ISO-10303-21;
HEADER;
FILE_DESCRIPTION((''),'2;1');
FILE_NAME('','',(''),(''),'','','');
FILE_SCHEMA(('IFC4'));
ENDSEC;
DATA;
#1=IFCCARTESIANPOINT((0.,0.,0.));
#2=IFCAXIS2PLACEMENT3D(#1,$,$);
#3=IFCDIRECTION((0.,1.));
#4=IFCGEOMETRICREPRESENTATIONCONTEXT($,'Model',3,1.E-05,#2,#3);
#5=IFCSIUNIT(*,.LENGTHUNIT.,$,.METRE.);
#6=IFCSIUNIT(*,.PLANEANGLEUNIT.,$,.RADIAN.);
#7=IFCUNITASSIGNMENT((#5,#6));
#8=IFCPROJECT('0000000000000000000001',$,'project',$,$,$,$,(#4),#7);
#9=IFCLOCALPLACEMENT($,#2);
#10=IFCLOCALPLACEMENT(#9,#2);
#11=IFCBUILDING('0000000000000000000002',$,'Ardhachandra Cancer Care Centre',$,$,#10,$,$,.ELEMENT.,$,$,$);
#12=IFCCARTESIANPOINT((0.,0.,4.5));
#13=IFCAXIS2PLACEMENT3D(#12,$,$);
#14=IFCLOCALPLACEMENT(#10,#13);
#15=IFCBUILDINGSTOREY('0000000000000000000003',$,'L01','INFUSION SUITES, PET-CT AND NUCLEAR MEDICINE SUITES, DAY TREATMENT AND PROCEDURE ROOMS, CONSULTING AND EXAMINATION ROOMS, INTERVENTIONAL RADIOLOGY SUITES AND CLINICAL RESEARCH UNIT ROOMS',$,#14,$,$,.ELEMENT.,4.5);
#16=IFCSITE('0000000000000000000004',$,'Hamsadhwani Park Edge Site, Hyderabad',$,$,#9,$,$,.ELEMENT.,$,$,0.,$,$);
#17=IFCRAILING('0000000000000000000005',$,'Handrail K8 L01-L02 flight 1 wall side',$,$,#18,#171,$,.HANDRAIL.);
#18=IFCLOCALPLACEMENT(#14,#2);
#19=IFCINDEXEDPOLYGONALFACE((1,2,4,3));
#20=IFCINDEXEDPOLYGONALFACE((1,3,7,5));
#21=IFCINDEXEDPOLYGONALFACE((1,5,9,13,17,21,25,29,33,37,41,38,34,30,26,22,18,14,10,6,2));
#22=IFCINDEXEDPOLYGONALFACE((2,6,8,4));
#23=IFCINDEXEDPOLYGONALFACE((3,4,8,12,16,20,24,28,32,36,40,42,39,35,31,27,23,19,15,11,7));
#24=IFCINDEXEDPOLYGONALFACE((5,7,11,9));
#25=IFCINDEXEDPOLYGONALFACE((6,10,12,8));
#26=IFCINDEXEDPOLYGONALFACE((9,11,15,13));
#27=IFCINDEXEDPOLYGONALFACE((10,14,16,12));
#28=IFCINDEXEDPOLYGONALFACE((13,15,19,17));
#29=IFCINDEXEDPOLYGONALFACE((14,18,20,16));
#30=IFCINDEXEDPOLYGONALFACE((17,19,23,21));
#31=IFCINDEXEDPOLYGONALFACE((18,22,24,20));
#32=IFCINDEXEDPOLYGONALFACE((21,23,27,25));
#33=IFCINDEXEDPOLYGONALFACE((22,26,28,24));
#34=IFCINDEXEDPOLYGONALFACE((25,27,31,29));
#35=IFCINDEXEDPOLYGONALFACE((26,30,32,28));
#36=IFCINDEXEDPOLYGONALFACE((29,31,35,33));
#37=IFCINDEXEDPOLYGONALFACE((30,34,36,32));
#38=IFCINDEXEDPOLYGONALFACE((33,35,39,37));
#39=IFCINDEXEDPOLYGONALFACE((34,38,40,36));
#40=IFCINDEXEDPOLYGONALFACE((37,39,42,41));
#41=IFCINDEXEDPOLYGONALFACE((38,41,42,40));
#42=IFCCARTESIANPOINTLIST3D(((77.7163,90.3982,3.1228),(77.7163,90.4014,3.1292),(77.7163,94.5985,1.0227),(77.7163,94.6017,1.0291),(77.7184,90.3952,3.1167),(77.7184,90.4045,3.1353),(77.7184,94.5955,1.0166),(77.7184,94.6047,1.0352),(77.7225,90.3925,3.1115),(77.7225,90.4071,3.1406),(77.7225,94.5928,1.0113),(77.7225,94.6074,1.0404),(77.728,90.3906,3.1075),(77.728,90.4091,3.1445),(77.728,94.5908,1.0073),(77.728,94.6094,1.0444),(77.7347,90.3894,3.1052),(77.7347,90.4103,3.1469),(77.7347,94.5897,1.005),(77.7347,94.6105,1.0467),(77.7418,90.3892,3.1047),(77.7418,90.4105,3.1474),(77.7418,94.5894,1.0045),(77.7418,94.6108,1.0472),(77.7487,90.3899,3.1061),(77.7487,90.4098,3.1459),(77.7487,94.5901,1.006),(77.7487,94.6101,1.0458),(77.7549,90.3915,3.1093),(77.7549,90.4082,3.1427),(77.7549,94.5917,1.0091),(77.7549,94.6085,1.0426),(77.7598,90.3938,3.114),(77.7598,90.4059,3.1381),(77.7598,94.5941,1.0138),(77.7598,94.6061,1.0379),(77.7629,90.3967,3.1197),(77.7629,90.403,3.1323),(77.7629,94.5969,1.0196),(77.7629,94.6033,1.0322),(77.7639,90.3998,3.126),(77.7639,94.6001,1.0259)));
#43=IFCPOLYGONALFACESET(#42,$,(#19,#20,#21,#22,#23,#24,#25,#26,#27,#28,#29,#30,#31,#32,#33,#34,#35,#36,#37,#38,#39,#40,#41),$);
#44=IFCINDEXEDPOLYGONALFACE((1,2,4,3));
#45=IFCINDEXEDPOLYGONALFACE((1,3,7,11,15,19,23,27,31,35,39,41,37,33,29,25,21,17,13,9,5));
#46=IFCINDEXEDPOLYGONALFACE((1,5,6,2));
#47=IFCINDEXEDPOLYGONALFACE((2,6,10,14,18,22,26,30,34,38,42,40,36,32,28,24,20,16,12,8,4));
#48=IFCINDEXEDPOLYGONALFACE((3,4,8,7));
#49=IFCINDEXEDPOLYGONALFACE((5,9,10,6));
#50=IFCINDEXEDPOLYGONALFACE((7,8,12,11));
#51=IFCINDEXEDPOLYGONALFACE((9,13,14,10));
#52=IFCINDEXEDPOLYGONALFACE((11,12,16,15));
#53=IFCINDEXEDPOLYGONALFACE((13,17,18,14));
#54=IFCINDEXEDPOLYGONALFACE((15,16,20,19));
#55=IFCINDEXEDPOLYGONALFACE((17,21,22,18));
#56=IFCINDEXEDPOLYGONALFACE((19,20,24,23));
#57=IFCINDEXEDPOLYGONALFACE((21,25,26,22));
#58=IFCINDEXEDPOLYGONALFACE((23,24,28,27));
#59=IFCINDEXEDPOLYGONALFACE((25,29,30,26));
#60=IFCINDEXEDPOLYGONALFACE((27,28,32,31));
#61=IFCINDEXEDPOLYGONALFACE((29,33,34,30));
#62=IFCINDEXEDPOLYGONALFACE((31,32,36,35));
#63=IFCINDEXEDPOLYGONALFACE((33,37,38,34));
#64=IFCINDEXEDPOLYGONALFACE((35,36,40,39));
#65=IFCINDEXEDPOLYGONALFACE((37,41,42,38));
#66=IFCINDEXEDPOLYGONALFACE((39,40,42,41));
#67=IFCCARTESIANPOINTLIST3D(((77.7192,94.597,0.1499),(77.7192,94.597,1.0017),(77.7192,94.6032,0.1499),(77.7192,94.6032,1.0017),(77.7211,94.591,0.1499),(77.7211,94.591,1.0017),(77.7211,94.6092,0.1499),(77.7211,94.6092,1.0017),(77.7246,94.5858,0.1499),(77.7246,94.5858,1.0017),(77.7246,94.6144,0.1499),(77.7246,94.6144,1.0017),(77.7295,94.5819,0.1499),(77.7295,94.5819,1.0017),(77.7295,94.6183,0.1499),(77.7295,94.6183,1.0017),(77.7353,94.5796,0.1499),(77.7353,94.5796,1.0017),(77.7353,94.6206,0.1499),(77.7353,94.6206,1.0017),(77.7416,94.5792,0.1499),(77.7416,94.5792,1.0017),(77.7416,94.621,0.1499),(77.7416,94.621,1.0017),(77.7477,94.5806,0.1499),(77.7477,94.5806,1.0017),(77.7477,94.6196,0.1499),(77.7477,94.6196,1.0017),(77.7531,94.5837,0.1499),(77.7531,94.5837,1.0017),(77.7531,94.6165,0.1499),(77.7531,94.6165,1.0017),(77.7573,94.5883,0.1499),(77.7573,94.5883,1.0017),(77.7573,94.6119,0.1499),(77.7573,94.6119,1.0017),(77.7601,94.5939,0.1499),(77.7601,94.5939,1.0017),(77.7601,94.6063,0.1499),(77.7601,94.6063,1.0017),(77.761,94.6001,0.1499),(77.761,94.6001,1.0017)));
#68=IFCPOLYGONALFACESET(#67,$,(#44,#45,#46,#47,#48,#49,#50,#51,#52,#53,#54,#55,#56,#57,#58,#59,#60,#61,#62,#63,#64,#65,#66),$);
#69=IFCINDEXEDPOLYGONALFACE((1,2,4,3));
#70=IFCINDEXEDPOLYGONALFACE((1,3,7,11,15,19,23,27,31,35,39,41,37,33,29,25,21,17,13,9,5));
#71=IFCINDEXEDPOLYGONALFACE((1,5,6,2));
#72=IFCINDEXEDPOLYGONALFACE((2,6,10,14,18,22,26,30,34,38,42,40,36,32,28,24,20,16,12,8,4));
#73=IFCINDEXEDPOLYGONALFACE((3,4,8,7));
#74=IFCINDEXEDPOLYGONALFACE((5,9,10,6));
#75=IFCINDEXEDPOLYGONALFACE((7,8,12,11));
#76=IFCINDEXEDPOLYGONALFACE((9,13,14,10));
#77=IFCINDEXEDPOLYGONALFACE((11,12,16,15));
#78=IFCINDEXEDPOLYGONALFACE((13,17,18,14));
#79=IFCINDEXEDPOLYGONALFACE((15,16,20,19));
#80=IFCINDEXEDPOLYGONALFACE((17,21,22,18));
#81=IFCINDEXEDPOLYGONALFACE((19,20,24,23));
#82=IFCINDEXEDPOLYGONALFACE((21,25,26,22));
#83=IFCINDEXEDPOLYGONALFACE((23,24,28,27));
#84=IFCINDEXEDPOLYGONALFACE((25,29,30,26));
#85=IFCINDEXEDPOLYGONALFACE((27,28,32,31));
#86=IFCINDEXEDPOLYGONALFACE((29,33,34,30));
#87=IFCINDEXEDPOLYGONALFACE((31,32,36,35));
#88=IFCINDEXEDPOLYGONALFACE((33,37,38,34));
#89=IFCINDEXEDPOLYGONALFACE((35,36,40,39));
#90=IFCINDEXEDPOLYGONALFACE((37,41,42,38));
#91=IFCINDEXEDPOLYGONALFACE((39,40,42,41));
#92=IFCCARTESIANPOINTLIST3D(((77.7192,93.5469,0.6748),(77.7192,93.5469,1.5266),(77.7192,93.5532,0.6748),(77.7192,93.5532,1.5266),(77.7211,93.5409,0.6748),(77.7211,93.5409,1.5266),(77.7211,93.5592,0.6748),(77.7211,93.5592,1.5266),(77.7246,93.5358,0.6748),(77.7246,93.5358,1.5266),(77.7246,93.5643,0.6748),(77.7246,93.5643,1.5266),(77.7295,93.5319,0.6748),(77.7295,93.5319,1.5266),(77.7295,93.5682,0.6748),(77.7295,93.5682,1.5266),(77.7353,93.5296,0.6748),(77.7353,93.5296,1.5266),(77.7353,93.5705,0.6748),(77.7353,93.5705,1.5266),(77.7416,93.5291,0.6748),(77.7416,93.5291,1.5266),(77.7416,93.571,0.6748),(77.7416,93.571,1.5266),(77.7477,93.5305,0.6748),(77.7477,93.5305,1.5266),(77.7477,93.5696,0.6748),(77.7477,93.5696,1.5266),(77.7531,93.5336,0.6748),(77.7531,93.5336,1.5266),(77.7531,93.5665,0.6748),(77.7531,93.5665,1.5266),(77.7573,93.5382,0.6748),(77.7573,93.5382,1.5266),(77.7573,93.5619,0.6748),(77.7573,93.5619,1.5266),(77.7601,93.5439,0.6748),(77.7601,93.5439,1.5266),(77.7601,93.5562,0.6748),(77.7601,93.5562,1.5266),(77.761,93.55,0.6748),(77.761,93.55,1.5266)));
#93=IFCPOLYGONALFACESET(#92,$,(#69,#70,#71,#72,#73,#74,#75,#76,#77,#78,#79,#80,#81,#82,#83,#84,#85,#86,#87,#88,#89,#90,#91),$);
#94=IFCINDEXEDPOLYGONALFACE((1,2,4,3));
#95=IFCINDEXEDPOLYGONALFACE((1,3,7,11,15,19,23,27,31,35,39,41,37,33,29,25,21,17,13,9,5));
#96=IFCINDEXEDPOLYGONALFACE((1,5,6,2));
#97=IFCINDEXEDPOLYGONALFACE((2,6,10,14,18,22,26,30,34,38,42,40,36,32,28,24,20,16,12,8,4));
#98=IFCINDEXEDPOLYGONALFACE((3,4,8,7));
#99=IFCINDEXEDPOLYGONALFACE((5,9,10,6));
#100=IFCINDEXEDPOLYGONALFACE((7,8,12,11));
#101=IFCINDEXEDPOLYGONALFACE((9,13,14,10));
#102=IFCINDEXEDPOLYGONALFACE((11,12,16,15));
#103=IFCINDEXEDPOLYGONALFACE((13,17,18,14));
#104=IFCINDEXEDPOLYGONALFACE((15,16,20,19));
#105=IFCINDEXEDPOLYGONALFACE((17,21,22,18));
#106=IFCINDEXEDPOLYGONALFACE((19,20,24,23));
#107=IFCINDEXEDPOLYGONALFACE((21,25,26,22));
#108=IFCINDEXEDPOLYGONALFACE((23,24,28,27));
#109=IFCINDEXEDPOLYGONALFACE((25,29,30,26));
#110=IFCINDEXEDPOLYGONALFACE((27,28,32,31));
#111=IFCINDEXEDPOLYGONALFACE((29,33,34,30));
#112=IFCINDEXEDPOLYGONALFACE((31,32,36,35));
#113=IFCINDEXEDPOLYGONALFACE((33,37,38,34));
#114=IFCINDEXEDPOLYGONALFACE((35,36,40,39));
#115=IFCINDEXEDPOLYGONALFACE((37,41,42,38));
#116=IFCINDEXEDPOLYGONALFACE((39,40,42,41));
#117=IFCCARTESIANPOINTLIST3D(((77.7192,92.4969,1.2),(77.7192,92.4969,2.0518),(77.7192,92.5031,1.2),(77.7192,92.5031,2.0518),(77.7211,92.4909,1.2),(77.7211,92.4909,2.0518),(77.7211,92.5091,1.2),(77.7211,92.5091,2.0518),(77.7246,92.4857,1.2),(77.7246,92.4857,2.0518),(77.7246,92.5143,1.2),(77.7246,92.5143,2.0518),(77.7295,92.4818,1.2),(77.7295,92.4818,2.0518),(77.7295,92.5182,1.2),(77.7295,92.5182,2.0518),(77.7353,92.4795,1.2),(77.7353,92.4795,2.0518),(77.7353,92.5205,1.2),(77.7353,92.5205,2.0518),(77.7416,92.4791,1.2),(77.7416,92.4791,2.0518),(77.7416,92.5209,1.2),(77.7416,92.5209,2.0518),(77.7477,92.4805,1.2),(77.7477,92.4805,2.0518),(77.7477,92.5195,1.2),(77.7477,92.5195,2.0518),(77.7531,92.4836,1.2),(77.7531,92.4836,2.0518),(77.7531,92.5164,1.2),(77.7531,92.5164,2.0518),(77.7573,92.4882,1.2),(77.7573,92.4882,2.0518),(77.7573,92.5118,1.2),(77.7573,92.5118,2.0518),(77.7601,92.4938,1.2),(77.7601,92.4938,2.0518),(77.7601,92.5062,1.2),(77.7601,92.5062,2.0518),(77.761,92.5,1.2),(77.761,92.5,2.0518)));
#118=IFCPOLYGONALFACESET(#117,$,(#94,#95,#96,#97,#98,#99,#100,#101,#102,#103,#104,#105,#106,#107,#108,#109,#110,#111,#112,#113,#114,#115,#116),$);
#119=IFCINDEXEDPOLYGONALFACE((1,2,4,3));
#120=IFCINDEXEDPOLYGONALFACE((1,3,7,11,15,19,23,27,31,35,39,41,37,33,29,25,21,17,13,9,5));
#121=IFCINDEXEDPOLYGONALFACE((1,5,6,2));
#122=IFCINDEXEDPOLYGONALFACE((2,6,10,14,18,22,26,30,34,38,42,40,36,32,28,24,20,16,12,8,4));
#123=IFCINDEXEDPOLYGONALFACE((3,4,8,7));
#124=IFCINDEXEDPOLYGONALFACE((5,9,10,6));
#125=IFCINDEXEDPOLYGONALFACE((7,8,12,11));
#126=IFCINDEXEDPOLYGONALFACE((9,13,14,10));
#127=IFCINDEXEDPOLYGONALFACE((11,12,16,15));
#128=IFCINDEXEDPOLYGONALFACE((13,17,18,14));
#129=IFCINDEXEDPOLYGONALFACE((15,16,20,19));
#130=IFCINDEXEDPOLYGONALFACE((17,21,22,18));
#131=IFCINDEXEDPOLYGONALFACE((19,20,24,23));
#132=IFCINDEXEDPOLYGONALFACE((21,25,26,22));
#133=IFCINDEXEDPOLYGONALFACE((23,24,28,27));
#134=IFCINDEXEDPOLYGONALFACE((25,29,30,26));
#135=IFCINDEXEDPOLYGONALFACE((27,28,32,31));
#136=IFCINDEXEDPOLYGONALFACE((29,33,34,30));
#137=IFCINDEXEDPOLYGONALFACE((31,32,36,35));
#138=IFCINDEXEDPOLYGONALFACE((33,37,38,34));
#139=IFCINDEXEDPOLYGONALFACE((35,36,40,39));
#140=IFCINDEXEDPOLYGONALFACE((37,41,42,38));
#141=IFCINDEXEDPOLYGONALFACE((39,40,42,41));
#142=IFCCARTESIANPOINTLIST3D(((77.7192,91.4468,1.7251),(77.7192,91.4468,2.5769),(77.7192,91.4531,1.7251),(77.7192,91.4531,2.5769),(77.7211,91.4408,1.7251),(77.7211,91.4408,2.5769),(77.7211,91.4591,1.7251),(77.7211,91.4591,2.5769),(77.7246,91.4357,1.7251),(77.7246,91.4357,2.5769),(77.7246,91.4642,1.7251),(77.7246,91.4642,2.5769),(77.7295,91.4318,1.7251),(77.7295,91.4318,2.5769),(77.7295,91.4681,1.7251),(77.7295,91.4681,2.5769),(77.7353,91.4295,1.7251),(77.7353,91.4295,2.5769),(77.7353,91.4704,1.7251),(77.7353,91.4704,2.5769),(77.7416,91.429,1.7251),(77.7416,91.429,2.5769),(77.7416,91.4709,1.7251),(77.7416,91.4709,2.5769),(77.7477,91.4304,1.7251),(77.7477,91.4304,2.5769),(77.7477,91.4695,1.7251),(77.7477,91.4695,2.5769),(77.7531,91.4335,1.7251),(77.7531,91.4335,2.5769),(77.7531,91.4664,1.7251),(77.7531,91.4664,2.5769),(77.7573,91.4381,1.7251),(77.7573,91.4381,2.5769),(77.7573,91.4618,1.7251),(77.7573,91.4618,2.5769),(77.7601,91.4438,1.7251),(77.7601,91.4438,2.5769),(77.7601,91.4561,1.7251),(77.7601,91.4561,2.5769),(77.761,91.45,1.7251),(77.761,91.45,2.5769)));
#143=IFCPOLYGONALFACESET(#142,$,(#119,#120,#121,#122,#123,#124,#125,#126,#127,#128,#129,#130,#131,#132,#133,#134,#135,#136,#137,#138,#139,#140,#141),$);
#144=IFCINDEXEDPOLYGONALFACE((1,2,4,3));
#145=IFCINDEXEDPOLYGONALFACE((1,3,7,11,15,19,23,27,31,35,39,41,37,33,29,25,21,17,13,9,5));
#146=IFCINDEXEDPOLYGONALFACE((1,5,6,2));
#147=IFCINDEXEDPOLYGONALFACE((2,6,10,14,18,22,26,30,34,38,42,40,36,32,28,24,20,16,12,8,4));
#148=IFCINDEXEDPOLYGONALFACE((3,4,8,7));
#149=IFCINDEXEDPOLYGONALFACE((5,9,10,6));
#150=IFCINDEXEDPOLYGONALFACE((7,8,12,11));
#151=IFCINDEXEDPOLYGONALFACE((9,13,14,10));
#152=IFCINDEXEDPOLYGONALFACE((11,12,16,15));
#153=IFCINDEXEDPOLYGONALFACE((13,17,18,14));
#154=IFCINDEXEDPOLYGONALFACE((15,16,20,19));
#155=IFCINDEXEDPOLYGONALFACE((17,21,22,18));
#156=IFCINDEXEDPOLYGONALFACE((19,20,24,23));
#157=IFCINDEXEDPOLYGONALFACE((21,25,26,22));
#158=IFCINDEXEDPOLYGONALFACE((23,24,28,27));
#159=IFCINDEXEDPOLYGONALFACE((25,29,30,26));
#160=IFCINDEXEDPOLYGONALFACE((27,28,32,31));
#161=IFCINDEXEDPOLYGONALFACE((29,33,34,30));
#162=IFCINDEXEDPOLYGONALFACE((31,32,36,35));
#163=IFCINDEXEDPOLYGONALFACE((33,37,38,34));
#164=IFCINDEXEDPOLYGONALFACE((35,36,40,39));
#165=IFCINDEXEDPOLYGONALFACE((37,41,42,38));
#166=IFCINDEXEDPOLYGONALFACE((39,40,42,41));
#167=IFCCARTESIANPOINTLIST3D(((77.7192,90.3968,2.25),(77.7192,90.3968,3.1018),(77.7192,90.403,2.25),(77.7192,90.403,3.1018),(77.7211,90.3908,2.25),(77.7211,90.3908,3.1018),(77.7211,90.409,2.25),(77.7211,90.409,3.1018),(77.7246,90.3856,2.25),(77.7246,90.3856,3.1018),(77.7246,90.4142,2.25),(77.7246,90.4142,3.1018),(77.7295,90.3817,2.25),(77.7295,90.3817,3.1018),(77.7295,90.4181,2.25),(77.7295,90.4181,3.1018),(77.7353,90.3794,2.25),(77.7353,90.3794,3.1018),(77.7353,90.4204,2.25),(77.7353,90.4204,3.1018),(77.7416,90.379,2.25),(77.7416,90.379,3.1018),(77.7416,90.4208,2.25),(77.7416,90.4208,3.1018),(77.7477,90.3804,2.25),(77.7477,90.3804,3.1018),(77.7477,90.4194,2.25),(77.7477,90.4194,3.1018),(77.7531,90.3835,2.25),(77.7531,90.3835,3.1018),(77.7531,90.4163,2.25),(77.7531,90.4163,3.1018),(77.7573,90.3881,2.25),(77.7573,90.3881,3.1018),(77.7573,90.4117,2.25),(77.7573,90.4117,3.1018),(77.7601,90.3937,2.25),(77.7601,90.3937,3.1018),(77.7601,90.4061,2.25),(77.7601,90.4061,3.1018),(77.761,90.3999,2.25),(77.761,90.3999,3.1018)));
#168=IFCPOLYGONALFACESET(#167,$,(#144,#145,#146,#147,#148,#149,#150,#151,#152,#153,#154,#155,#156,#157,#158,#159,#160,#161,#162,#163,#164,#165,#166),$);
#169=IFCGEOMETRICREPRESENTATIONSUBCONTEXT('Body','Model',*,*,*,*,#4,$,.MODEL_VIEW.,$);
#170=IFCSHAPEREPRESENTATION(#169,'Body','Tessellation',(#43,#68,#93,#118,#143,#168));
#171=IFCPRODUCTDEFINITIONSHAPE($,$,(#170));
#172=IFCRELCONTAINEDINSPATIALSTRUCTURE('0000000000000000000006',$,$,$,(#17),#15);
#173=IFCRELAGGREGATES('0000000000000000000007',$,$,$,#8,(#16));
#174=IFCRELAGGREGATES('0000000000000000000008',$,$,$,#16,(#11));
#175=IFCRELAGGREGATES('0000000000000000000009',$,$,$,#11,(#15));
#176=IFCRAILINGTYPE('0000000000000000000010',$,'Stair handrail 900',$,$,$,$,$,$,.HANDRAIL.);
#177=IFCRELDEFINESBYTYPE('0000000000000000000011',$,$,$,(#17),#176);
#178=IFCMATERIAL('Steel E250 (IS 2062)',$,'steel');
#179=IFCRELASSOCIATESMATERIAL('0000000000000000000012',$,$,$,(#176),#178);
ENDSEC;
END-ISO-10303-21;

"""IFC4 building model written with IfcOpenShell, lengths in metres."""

from ifc_helpers import new_model, si_unit, direction, frame, origin, origin_2d, place, context, subcontext, project, spatial, circle, extrude, material, type_object, element, save


model = new_model("IFC4")

# Units and contexts
model_context = context("Model", 3, precision=1e-05, world=origin(), true_north=direction((0.0, 1.0)))
body_context = subcontext(model_context, "Body", "Model", "MODEL_VIEW")
ifc_project = project(units=[si_unit("LENGTHUNIT", "METRE"), si_unit("PLANEANGLEUNIT", "RADIAN")], contexts=[model_context])

# Site, building, storey
site_placement = place(None, origin())
site = spatial("IfcSite", under=ifc_project, at=site_placement, Name="Hamsadhwani Park Edge Site, Hyderabad", CompositionType="ELEMENT", RefElevation=0.0)
building_placement = place(site_placement, origin())
building = spatial("IfcBuilding", under=site, at=building_placement, Name="Ardhachandra Cancer Care Centre", CompositionType="ELEMENT")
storey_placement = place(building_placement, frame((0.0, 0.0, 4.5)))
storey = spatial("IfcBuildingStorey", under=building, at=storey_placement, Name="L01", Description="INFUSION SUITES, PET-CT AND NUCLEAR MEDICINE SUITES, DAY TREATMENT AND PROCEDURE ROOMS, CONSULTING AND EXAMINATION ROOMS, INTERVENTIONAL RADIOLOGY SUITES AND CLINICAL RESEARCH UNIT ROOMS", CompositionType="ELEMENT", Elevation=4.5)

# Railing
ifc_material_1 = material(Name="Steel E250 (IS 2062)", Category="steel")
railing_type_1 = type_object("IfcRailingType", Name="Stair handrail 900", PredefinedType="HANDRAIL", material=ifc_material_1)
for number, where, name in (
    (1, (77.74, 94.6001, 0.1499), "Handrail K8 L01-L02 flight 1 wall side"),
):
    element("IfcRailing", number, at=place(storey_placement, frame(where)), inside=storey, type_object=railing_type_1, Name=name, PredefinedType="HANDRAIL", context=body_context, shape_type="SweptSolid", body=[
        extrude(circle(Radius=0.0239, at=origin_2d()), frame((0.0, 0.0, 0.876), z_axis=(0.0, -0.894427, 0.447214), x_axis=(1.0, 0.0, 0.0)), (0.0, 0.0, 1.0), 4.696),
        extrude(circle(Radius=0.021, at=origin_2d()), origin(), (0.0, 0.0, 1.0), 0.8518),
        extrude(circle(Radius=0.021, at=origin_2d()), frame((0.0, -1.05, 0.5249)), (0.0, 0.0, 1.0), 0.8518),
        extrude(circle(Radius=0.021, at=origin_2d()), frame((0.0, -2.1001, 1.05)), (0.0, 0.0, 1.0), 0.8518),
        extrude(circle(Radius=0.021, at=origin_2d()), frame((0.0, -3.1501, 1.5752)), (0.0, 0.0, 1.0), 0.8518),
        extrude(circle(Radius=0.021, at=origin_2d()), frame((0.0, -4.2002, 2.1001)), (0.0, 0.0, 1.0), 0.8518),
    ])

save(model, "model.ifc")
